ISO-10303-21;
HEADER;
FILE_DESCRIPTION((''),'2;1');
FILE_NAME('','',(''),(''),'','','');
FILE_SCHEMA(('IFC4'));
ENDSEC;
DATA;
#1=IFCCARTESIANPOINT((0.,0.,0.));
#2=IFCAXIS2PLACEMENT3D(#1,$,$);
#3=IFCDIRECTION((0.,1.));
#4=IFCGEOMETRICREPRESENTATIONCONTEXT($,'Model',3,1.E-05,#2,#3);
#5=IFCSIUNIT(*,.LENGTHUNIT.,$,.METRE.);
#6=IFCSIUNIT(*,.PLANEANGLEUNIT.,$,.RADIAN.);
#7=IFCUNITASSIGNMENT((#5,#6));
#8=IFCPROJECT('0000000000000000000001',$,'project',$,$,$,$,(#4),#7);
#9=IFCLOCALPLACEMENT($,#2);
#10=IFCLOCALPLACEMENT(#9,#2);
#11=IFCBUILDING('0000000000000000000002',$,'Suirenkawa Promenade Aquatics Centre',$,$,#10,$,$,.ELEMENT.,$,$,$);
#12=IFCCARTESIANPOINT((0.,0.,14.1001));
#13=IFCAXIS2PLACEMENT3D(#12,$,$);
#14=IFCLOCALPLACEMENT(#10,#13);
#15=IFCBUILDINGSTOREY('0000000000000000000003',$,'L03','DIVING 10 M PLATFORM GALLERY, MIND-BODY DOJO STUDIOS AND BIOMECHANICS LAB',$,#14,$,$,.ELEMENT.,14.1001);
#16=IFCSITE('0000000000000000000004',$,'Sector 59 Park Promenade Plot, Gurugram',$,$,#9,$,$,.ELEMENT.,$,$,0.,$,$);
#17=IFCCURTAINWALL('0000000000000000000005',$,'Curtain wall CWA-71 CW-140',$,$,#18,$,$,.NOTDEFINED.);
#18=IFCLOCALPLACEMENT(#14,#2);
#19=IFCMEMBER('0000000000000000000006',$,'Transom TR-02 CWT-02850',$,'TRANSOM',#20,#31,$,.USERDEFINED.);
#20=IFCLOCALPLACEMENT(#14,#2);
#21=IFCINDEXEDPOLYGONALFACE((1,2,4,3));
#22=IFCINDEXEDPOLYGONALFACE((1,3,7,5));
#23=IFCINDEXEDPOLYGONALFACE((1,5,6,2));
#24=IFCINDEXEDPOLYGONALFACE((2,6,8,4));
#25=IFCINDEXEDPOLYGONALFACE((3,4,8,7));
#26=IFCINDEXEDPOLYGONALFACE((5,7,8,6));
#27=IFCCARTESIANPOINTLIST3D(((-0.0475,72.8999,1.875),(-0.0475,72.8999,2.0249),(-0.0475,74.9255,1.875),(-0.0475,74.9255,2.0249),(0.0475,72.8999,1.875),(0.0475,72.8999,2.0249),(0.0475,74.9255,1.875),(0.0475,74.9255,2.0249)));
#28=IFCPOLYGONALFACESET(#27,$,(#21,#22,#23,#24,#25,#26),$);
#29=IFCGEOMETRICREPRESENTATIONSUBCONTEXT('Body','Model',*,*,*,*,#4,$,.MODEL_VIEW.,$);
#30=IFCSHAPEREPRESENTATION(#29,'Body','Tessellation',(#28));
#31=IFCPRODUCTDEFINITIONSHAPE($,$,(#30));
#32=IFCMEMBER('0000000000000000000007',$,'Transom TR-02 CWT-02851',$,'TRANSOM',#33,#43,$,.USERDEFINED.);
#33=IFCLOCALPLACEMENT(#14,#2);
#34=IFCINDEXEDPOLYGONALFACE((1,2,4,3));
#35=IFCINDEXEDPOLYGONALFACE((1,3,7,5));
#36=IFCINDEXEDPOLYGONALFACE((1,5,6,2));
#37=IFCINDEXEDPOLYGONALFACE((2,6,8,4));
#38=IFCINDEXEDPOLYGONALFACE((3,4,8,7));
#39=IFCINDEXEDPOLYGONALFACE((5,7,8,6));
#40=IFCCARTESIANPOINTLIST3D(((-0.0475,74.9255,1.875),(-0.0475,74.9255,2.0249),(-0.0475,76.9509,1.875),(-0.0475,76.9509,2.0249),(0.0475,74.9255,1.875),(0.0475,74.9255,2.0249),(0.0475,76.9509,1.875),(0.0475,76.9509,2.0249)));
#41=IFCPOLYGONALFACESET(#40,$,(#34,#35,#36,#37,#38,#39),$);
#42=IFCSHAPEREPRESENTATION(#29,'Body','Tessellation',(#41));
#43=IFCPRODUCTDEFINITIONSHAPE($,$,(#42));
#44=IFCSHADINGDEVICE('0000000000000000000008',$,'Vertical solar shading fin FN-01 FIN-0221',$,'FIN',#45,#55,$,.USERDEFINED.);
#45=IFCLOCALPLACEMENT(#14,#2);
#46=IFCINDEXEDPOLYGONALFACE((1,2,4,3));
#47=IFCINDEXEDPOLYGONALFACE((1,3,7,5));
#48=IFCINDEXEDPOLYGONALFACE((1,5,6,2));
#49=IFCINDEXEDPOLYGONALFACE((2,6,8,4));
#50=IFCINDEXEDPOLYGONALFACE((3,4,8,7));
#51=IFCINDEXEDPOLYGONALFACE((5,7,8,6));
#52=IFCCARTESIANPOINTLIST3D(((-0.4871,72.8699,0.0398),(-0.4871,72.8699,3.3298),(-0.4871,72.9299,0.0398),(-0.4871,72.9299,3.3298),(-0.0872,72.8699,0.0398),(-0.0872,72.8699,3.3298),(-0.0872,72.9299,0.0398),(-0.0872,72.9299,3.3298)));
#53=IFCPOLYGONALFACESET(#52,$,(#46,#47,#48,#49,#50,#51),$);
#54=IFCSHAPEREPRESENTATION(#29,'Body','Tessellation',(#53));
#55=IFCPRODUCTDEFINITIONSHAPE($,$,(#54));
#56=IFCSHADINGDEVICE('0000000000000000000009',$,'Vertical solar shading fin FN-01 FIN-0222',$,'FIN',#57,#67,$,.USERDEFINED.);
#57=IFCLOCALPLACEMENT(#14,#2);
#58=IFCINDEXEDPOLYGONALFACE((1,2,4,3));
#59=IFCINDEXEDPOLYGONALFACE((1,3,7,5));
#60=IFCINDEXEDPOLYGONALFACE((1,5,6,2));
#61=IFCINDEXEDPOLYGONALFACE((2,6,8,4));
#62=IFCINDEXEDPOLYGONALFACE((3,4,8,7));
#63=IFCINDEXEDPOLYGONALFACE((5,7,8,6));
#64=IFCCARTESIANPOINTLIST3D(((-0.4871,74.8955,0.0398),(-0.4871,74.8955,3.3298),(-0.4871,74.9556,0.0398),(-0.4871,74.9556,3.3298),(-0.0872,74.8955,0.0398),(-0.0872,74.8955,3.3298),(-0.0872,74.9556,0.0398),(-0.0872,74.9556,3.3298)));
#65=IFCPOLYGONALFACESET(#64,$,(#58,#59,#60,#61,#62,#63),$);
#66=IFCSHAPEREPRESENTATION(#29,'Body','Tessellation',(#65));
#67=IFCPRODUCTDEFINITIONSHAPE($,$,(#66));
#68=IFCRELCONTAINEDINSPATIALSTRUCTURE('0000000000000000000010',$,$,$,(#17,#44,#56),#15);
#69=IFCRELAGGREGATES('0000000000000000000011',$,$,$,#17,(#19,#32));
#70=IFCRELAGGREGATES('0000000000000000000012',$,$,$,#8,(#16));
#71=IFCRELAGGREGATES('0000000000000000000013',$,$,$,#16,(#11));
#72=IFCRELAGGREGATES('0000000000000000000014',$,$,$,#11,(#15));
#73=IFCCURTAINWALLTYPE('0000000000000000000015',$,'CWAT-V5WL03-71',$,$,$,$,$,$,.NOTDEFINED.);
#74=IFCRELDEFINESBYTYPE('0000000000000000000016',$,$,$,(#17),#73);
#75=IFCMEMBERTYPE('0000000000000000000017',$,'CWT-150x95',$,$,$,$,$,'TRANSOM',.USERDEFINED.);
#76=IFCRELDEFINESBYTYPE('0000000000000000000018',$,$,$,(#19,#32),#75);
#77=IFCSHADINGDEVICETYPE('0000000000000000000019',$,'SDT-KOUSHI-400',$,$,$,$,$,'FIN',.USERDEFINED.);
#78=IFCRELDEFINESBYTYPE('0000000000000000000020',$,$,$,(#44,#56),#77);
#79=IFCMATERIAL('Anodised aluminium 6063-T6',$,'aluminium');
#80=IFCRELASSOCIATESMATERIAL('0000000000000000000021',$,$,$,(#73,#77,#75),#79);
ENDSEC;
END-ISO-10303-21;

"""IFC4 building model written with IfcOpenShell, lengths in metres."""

from ifc_helpers import new_model, si_unit, direction, frame, origin, origin_2d, place, context, subcontext, project, spatial, rectangle, extrude, material, material_profile, profile_set, type_object, element, aggregate, save


model = new_model("IFC4")

# Units and contexts
model_context = context("Model", 3, precision=1e-05, world=origin(), true_north=direction((0.0, 1.0)))
body_context = subcontext(model_context, "Body", "Model", "MODEL_VIEW")
ifc_project = project(units=[si_unit("LENGTHUNIT", "METRE"), si_unit("PLANEANGLEUNIT", "RADIAN")], contexts=[model_context])

# Site, building, storey
site_placement = place(None, origin())
site = spatial("IfcSite", under=ifc_project, at=site_placement, Name="Sector 59 Park Promenade Plot, Gurugram", CompositionType="ELEMENT", RefElevation=0.0)
building_placement = place(site_placement, origin())
building = spatial("IfcBuilding", under=site, at=building_placement, Name="Suirenkawa Promenade Aquatics Centre", CompositionType="ELEMENT")
storey_placement = place(building_placement, frame((0.0, 0.0, 14.1001)))
storey = spatial("IfcBuildingStorey", under=building, at=storey_placement, Name="L03", Description="DIVING 10 M PLATFORM GALLERY, MIND-BODY DOJO STUDIOS AND BIOMECHANICS LAB", CompositionType="ELEMENT", Elevation=14.1001)

# Curtain wall, members
ifc_material_1 = material(Name="Anodised aluminium 6063-T6", Category="aluminium")
curtain_wall_type = type_object("IfcCurtainWallType", Name="CWAT-V5WL03-71", PredefinedType="NOTDEFINED", material=ifc_material_1)
curtain_wall_placement = place(storey_placement, origin())
curtain_wall = element("IfcCurtainWall", 1, at=curtain_wall_placement, inside=storey, type_object=curtain_wall_type, Name="Curtain wall CWA-71 CW-140", PredefinedType="NOTDEFINED")
ifc_material_profile_1 = material_profile(ifc_material_1, rectangle(XDim=0.095, YDim=0.1499, at=origin_2d()), Name="ALU TRAN 95x150", Category="aluminium")
ifc_profile_set_1 = profile_set([ifc_material_profile_1], Name="Anodised aluminium 6063-T6")
member_type_1 = type_object("IfcMemberType", Name="CWT-150x95", ElementType="TRANSOM", PredefinedType="USERDEFINED", material=ifc_profile_set_1)
member_1_placement = place(storey_placement, frame((0.0, 72.8999, 1.95), z_axis=(0.0, 1.0, 0.0), x_axis=(-1.0, 0.0, 0.0)))
member_1 = element("IfcMember", 2, at=member_1_placement, type_object=member_type_1, Name="Transom TR-02 CWT-02850", ObjectType="TRANSOM", PredefinedType="USERDEFINED", context=body_context, shape_type="SweptSolid", body=[
    extrude(rectangle(XDim=0.095, YDim=0.1499, at=origin_2d()), origin(), (0.0, 0.0, 1.0), 2.0256),
])
member_2_placement = place(storey_placement, frame((0.0, 74.9255, 1.95), z_axis=(0.0, 1.0, 0.0), x_axis=(-1.0, 0.0, 0.0)))
member_2 = element("IfcMember", 3, at=member_2_placement, type_object=member_type_1, Name="Transom TR-02 CWT-02851", ObjectType="TRANSOM", PredefinedType="USERDEFINED", context=body_context, shape_type="SweptSolid", body=[
    extrude(rectangle(XDim=0.095, YDim=0.1499, at=origin_2d()), origin(), (0.0, 0.0, 1.0), 2.0254),
])
aggregate(curtain_wall, [member_1, member_2])

# Shading devices
shading_device_type = type_object("IfcShadingDeviceType", Name="SDT-KOUSHI-400", ElementType="FIN", PredefinedType="USERDEFINED", material=ifc_material_1)
for number, where, z_axis, x_axis, name in (
    (4, (-0.2871, 72.8999, 0.0398), (0.0, 0.0, 1.0), (-1.0, 0.0, 0.0), "Vertical solar shading fin FN-01 FIN-0221"),
    (5, (-0.2871, 74.9255, 0.0398), (0.0, 0.0, 1.0), (-1.0, 0.0, 0.0), "Vertical solar shading fin FN-01 FIN-0222"),
):
    element("IfcShadingDevice", number, at=place(storey_placement, frame(where, z_axis=z_axis, x_axis=x_axis)), inside=storey, type_object=shading_device_type, Name=name, ObjectType="FIN", PredefinedType="USERDEFINED", context=body_context, shape_type="SweptSolid", body=[
        extrude(rectangle(XDim=0.3999, YDim=0.0601, at=origin_2d()), origin(), (0.0, 0.0, 1.0), 3.29),
    ])

save(model, "model.ifc")
